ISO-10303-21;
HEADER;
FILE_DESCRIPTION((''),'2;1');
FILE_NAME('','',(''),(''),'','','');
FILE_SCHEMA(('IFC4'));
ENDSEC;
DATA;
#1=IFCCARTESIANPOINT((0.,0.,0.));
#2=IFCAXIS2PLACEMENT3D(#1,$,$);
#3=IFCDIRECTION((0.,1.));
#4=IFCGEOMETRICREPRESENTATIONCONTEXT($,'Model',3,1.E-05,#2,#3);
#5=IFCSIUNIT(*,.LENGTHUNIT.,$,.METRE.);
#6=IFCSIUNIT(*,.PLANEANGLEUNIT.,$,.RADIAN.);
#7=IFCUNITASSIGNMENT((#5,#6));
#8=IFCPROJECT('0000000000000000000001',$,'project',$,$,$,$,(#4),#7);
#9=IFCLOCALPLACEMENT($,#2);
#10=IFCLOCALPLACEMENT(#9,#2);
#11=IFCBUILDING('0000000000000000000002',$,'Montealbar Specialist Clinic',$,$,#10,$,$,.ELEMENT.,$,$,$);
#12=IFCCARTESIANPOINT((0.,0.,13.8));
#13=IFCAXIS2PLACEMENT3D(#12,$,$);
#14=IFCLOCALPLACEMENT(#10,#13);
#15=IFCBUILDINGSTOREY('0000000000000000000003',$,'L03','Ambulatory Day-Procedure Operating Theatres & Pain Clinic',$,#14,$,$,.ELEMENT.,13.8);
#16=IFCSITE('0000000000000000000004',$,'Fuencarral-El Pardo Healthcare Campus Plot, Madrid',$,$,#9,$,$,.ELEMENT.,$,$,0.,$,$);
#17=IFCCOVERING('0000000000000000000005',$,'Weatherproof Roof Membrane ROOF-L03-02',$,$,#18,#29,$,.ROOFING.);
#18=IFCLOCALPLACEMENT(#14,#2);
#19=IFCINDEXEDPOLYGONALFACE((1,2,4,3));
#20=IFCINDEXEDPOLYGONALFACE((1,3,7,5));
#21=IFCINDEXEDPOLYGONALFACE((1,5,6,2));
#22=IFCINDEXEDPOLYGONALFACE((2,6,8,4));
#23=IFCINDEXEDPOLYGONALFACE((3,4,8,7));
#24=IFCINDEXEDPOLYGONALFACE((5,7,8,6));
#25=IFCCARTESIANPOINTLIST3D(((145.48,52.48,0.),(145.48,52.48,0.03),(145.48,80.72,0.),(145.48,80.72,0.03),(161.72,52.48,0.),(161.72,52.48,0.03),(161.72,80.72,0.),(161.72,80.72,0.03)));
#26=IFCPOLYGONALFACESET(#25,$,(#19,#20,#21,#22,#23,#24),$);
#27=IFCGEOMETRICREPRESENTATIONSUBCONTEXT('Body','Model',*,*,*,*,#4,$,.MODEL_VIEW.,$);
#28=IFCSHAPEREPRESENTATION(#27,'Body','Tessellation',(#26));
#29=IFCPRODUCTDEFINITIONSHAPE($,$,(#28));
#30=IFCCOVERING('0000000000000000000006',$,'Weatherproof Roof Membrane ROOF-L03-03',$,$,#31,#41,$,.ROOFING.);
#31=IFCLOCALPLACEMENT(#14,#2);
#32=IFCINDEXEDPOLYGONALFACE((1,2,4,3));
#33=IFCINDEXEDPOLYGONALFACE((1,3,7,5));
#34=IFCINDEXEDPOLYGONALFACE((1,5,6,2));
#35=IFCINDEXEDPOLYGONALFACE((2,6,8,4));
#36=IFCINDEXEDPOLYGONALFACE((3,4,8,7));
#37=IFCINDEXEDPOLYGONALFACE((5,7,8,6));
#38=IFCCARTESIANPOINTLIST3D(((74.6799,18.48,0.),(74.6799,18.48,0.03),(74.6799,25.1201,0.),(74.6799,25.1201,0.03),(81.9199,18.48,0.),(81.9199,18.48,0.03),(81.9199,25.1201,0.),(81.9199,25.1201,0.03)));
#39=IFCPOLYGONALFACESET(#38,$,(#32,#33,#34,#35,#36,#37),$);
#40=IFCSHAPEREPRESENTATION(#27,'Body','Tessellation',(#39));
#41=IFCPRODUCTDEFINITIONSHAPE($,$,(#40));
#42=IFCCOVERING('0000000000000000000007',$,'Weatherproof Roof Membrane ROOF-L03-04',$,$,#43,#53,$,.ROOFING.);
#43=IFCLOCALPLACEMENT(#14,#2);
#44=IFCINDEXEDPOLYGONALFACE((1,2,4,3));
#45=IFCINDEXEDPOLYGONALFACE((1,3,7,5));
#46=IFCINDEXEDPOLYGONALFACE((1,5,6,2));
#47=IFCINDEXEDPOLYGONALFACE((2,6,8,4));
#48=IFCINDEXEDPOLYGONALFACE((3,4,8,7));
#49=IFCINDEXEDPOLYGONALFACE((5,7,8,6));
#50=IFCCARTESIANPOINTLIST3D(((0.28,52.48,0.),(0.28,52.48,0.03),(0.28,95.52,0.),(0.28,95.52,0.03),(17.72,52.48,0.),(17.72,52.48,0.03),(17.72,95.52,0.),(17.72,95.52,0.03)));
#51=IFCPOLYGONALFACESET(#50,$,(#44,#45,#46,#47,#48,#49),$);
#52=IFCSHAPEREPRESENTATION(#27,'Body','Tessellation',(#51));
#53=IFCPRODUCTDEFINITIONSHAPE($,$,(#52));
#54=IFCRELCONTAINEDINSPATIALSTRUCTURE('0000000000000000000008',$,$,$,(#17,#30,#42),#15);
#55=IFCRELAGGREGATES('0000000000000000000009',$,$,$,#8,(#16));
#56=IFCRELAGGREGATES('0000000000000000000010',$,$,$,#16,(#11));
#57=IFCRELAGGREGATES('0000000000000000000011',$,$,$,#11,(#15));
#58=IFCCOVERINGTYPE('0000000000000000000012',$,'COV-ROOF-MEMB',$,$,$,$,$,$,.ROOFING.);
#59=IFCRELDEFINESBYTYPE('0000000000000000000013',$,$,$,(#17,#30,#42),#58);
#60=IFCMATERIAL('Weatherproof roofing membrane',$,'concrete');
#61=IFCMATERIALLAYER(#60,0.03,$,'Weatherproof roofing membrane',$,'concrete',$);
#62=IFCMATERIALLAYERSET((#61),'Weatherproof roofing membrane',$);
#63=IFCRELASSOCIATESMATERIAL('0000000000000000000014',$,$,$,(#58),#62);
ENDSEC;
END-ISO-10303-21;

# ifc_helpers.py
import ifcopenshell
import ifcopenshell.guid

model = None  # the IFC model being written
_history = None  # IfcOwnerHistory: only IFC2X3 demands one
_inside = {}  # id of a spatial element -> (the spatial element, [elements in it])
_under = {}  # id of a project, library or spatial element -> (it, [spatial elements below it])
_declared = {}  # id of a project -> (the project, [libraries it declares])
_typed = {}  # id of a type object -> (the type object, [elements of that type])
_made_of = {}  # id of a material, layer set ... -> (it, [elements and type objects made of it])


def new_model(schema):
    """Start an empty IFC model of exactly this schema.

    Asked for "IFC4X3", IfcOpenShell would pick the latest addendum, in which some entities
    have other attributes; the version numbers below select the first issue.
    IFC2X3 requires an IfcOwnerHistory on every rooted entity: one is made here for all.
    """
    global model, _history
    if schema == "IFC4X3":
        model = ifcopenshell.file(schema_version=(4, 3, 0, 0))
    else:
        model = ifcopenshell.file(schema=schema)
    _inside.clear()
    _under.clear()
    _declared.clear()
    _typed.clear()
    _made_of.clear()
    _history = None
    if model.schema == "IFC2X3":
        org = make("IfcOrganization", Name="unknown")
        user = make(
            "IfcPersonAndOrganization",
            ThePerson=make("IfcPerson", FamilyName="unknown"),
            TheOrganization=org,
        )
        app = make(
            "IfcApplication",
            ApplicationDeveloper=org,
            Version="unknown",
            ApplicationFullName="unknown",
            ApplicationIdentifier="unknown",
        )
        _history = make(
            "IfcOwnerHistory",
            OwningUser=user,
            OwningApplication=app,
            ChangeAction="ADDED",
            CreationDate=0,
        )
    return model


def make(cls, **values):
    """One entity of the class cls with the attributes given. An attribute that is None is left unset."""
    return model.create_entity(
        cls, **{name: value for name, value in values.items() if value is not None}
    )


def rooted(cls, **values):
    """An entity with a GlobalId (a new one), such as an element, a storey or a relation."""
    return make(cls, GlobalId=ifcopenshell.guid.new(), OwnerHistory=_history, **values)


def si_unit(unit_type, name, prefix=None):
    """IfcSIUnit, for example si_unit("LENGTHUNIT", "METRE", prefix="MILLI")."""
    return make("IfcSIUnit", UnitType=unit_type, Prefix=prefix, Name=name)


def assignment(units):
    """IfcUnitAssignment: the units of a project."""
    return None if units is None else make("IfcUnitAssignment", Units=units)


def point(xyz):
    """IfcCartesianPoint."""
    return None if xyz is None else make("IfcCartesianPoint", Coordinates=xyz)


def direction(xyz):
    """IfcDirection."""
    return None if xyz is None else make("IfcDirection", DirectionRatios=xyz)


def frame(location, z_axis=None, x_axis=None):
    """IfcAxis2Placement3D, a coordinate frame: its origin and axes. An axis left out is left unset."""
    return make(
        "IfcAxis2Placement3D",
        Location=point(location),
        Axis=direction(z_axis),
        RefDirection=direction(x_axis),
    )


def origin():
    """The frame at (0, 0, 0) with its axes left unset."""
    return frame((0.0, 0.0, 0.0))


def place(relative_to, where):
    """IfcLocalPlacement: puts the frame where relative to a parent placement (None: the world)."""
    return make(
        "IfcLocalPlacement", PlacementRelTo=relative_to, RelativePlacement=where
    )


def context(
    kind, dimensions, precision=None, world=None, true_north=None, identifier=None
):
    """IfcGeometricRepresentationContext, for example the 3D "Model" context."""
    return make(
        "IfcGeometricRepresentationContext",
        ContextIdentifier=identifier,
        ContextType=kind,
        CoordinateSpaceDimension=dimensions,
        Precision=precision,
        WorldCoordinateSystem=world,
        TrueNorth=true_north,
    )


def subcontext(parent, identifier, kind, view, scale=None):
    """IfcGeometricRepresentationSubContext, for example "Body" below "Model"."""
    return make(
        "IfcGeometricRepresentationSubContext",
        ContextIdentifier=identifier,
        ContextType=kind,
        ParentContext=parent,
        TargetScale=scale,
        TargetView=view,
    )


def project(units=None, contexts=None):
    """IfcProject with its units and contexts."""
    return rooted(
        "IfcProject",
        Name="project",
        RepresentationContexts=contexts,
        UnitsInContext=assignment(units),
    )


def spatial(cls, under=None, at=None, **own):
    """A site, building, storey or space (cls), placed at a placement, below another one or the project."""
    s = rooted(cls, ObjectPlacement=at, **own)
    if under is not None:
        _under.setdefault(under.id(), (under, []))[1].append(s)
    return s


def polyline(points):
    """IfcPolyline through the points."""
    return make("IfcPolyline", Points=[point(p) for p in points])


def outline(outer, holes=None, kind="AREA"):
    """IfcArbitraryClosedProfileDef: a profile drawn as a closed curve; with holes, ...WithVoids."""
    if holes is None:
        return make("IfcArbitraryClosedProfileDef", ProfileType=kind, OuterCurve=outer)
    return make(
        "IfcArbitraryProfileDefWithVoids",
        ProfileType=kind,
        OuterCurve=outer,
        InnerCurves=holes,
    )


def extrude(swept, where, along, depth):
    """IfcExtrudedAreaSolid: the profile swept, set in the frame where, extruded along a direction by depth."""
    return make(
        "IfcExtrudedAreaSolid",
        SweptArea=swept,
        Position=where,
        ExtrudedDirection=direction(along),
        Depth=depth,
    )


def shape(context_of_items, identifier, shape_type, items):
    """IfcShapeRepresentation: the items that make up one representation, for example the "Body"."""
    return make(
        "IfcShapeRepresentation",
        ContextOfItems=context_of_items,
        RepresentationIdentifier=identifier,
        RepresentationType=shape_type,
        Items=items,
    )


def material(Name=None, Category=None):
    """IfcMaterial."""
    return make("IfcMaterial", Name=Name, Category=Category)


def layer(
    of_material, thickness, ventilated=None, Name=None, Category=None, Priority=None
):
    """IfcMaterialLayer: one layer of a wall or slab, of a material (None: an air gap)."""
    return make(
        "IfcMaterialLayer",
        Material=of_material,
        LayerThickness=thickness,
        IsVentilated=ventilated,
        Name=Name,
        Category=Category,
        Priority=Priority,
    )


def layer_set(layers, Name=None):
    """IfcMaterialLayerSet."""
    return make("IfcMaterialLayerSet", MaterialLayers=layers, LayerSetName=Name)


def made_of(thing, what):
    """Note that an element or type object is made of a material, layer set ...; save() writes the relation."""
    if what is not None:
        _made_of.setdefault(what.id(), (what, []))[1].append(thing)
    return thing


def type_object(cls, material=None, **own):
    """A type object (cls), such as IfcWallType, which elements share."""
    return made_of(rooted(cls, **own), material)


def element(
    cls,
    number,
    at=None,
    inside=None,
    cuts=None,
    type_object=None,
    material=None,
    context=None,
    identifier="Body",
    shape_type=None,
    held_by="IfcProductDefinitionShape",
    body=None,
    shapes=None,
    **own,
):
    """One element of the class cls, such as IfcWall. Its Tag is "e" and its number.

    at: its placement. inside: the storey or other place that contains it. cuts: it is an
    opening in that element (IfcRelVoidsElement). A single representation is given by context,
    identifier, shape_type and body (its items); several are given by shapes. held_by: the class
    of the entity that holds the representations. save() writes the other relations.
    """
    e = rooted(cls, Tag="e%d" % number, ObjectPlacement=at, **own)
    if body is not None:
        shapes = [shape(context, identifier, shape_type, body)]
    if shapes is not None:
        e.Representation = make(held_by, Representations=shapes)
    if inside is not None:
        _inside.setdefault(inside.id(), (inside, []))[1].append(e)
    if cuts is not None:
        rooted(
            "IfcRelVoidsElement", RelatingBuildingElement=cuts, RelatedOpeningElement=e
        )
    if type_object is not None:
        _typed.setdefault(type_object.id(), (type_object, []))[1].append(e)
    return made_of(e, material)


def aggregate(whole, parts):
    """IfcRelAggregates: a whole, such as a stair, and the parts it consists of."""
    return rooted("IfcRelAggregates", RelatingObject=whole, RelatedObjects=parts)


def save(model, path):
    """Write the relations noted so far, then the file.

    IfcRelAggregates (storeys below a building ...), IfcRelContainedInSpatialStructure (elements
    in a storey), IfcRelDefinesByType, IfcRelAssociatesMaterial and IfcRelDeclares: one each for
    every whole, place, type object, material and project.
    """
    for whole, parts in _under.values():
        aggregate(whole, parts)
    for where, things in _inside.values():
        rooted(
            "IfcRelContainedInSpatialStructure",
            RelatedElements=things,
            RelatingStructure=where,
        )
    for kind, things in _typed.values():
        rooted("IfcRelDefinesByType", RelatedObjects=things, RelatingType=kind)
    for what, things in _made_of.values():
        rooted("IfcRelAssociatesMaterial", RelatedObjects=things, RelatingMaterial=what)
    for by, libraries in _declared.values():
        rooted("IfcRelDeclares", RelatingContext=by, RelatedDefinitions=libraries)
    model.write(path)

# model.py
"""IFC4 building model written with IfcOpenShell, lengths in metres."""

from ifc_helpers import new_model, si_unit, direction, frame, origin, place, context, subcontext, project, spatial, polyline, outline, extrude, material, layer, layer_set, type_object, element, save


model = new_model("IFC4")

# Units and contexts
model_context = context("Model", 3, precision=1e-05, world=origin(), true_north=direction((0.0, 1.0)))
body_context = subcontext(model_context, "Body", "Model", "MODEL_VIEW")
ifc_project = project(units=[si_unit("LENGTHUNIT", "METRE"), si_unit("PLANEANGLEUNIT", "RADIAN")], contexts=[model_context])

# Site, building, storey
site_placement = place(None, origin())
site = spatial("IfcSite", under=ifc_project, at=site_placement, Name="Fuencarral-El Pardo Healthcare Campus Plot, Madrid", CompositionType="ELEMENT", RefElevation=0.0)
building_placement = place(site_placement, origin())
building = spatial("IfcBuilding", under=site, at=building_placement, Name="Montealbar Specialist Clinic", CompositionType="ELEMENT")
storey_placement = place(building_placement, frame((0.0, 0.0, 13.8)))
storey = spatial("IfcBuildingStorey", under=building, at=storey_placement, Name="L03", Description="Ambulatory Day-Procedure Operating Theatres & Pain Clinic", CompositionType="ELEMENT", Elevation=13.8)

# Shared definitions
ifc_material_1 = material(Name="Weatherproof roofing membrane", Category="concrete")

# Coverings
ifc_layer_1 = layer(ifc_material_1, 0.03, Name="Weatherproof roofing membrane", Category="concrete")
ifc_layer_set_1 = layer_set([ifc_layer_1], Name="Weatherproof roofing membrane")
covering_type = type_object("IfcCoveringType", Name="COV-ROOF-MEMB", PredefinedType="ROOFING", material=ifc_layer_set_1)
covering_1_placement = place(storey_placement, origin())
element("IfcCovering", 1, at=covering_1_placement, inside=storey, type_object=covering_type, Name="Weatherproof Roof Membrane ROOF-L03-02", PredefinedType="ROOFING", context=body_context, shape_type="SweptSolid", body=[
    extrude(outline(polyline([(161.72, 80.72), (161.72, 52.48), (145.48, 52.48), (145.48, 80.72), (161.72, 80.72)])), origin(), (0.0, 0.0, 1.0), 0.03),
])
covering_2_placement = place(storey_placement, origin())
element("IfcCovering", 2, at=covering_2_placement, inside=storey, type_object=covering_type, Name="Weatherproof Roof Membrane ROOF-L03-03", PredefinedType="ROOFING", context=body_context, shape_type="SweptSolid", body=[
    extrude(outline(polyline([(74.6799, 25.1201), (81.9199, 25.1201), (81.9199, 18.48), (74.6799, 18.48), (74.6799, 25.1201)])), origin(), (0.0, 0.0, 1.0), 0.03),
])
covering_3_placement = place(storey_placement, origin())
element("IfcCovering", 3, at=covering_3_placement, inside=storey, type_object=covering_type, Name="Weatherproof Roof Membrane ROOF-L03-04", PredefinedType="ROOFING", context=body_context, shape_type="SweptSolid", body=[
    extrude(outline(polyline([(0.28, 52.48), (0.28, 95.52), (17.72, 95.52), (17.72, 52.48), (0.28, 52.48)])), origin(), (0.0, 0.0, 1.0), 0.03),
])

save(model, "model.ifc")
